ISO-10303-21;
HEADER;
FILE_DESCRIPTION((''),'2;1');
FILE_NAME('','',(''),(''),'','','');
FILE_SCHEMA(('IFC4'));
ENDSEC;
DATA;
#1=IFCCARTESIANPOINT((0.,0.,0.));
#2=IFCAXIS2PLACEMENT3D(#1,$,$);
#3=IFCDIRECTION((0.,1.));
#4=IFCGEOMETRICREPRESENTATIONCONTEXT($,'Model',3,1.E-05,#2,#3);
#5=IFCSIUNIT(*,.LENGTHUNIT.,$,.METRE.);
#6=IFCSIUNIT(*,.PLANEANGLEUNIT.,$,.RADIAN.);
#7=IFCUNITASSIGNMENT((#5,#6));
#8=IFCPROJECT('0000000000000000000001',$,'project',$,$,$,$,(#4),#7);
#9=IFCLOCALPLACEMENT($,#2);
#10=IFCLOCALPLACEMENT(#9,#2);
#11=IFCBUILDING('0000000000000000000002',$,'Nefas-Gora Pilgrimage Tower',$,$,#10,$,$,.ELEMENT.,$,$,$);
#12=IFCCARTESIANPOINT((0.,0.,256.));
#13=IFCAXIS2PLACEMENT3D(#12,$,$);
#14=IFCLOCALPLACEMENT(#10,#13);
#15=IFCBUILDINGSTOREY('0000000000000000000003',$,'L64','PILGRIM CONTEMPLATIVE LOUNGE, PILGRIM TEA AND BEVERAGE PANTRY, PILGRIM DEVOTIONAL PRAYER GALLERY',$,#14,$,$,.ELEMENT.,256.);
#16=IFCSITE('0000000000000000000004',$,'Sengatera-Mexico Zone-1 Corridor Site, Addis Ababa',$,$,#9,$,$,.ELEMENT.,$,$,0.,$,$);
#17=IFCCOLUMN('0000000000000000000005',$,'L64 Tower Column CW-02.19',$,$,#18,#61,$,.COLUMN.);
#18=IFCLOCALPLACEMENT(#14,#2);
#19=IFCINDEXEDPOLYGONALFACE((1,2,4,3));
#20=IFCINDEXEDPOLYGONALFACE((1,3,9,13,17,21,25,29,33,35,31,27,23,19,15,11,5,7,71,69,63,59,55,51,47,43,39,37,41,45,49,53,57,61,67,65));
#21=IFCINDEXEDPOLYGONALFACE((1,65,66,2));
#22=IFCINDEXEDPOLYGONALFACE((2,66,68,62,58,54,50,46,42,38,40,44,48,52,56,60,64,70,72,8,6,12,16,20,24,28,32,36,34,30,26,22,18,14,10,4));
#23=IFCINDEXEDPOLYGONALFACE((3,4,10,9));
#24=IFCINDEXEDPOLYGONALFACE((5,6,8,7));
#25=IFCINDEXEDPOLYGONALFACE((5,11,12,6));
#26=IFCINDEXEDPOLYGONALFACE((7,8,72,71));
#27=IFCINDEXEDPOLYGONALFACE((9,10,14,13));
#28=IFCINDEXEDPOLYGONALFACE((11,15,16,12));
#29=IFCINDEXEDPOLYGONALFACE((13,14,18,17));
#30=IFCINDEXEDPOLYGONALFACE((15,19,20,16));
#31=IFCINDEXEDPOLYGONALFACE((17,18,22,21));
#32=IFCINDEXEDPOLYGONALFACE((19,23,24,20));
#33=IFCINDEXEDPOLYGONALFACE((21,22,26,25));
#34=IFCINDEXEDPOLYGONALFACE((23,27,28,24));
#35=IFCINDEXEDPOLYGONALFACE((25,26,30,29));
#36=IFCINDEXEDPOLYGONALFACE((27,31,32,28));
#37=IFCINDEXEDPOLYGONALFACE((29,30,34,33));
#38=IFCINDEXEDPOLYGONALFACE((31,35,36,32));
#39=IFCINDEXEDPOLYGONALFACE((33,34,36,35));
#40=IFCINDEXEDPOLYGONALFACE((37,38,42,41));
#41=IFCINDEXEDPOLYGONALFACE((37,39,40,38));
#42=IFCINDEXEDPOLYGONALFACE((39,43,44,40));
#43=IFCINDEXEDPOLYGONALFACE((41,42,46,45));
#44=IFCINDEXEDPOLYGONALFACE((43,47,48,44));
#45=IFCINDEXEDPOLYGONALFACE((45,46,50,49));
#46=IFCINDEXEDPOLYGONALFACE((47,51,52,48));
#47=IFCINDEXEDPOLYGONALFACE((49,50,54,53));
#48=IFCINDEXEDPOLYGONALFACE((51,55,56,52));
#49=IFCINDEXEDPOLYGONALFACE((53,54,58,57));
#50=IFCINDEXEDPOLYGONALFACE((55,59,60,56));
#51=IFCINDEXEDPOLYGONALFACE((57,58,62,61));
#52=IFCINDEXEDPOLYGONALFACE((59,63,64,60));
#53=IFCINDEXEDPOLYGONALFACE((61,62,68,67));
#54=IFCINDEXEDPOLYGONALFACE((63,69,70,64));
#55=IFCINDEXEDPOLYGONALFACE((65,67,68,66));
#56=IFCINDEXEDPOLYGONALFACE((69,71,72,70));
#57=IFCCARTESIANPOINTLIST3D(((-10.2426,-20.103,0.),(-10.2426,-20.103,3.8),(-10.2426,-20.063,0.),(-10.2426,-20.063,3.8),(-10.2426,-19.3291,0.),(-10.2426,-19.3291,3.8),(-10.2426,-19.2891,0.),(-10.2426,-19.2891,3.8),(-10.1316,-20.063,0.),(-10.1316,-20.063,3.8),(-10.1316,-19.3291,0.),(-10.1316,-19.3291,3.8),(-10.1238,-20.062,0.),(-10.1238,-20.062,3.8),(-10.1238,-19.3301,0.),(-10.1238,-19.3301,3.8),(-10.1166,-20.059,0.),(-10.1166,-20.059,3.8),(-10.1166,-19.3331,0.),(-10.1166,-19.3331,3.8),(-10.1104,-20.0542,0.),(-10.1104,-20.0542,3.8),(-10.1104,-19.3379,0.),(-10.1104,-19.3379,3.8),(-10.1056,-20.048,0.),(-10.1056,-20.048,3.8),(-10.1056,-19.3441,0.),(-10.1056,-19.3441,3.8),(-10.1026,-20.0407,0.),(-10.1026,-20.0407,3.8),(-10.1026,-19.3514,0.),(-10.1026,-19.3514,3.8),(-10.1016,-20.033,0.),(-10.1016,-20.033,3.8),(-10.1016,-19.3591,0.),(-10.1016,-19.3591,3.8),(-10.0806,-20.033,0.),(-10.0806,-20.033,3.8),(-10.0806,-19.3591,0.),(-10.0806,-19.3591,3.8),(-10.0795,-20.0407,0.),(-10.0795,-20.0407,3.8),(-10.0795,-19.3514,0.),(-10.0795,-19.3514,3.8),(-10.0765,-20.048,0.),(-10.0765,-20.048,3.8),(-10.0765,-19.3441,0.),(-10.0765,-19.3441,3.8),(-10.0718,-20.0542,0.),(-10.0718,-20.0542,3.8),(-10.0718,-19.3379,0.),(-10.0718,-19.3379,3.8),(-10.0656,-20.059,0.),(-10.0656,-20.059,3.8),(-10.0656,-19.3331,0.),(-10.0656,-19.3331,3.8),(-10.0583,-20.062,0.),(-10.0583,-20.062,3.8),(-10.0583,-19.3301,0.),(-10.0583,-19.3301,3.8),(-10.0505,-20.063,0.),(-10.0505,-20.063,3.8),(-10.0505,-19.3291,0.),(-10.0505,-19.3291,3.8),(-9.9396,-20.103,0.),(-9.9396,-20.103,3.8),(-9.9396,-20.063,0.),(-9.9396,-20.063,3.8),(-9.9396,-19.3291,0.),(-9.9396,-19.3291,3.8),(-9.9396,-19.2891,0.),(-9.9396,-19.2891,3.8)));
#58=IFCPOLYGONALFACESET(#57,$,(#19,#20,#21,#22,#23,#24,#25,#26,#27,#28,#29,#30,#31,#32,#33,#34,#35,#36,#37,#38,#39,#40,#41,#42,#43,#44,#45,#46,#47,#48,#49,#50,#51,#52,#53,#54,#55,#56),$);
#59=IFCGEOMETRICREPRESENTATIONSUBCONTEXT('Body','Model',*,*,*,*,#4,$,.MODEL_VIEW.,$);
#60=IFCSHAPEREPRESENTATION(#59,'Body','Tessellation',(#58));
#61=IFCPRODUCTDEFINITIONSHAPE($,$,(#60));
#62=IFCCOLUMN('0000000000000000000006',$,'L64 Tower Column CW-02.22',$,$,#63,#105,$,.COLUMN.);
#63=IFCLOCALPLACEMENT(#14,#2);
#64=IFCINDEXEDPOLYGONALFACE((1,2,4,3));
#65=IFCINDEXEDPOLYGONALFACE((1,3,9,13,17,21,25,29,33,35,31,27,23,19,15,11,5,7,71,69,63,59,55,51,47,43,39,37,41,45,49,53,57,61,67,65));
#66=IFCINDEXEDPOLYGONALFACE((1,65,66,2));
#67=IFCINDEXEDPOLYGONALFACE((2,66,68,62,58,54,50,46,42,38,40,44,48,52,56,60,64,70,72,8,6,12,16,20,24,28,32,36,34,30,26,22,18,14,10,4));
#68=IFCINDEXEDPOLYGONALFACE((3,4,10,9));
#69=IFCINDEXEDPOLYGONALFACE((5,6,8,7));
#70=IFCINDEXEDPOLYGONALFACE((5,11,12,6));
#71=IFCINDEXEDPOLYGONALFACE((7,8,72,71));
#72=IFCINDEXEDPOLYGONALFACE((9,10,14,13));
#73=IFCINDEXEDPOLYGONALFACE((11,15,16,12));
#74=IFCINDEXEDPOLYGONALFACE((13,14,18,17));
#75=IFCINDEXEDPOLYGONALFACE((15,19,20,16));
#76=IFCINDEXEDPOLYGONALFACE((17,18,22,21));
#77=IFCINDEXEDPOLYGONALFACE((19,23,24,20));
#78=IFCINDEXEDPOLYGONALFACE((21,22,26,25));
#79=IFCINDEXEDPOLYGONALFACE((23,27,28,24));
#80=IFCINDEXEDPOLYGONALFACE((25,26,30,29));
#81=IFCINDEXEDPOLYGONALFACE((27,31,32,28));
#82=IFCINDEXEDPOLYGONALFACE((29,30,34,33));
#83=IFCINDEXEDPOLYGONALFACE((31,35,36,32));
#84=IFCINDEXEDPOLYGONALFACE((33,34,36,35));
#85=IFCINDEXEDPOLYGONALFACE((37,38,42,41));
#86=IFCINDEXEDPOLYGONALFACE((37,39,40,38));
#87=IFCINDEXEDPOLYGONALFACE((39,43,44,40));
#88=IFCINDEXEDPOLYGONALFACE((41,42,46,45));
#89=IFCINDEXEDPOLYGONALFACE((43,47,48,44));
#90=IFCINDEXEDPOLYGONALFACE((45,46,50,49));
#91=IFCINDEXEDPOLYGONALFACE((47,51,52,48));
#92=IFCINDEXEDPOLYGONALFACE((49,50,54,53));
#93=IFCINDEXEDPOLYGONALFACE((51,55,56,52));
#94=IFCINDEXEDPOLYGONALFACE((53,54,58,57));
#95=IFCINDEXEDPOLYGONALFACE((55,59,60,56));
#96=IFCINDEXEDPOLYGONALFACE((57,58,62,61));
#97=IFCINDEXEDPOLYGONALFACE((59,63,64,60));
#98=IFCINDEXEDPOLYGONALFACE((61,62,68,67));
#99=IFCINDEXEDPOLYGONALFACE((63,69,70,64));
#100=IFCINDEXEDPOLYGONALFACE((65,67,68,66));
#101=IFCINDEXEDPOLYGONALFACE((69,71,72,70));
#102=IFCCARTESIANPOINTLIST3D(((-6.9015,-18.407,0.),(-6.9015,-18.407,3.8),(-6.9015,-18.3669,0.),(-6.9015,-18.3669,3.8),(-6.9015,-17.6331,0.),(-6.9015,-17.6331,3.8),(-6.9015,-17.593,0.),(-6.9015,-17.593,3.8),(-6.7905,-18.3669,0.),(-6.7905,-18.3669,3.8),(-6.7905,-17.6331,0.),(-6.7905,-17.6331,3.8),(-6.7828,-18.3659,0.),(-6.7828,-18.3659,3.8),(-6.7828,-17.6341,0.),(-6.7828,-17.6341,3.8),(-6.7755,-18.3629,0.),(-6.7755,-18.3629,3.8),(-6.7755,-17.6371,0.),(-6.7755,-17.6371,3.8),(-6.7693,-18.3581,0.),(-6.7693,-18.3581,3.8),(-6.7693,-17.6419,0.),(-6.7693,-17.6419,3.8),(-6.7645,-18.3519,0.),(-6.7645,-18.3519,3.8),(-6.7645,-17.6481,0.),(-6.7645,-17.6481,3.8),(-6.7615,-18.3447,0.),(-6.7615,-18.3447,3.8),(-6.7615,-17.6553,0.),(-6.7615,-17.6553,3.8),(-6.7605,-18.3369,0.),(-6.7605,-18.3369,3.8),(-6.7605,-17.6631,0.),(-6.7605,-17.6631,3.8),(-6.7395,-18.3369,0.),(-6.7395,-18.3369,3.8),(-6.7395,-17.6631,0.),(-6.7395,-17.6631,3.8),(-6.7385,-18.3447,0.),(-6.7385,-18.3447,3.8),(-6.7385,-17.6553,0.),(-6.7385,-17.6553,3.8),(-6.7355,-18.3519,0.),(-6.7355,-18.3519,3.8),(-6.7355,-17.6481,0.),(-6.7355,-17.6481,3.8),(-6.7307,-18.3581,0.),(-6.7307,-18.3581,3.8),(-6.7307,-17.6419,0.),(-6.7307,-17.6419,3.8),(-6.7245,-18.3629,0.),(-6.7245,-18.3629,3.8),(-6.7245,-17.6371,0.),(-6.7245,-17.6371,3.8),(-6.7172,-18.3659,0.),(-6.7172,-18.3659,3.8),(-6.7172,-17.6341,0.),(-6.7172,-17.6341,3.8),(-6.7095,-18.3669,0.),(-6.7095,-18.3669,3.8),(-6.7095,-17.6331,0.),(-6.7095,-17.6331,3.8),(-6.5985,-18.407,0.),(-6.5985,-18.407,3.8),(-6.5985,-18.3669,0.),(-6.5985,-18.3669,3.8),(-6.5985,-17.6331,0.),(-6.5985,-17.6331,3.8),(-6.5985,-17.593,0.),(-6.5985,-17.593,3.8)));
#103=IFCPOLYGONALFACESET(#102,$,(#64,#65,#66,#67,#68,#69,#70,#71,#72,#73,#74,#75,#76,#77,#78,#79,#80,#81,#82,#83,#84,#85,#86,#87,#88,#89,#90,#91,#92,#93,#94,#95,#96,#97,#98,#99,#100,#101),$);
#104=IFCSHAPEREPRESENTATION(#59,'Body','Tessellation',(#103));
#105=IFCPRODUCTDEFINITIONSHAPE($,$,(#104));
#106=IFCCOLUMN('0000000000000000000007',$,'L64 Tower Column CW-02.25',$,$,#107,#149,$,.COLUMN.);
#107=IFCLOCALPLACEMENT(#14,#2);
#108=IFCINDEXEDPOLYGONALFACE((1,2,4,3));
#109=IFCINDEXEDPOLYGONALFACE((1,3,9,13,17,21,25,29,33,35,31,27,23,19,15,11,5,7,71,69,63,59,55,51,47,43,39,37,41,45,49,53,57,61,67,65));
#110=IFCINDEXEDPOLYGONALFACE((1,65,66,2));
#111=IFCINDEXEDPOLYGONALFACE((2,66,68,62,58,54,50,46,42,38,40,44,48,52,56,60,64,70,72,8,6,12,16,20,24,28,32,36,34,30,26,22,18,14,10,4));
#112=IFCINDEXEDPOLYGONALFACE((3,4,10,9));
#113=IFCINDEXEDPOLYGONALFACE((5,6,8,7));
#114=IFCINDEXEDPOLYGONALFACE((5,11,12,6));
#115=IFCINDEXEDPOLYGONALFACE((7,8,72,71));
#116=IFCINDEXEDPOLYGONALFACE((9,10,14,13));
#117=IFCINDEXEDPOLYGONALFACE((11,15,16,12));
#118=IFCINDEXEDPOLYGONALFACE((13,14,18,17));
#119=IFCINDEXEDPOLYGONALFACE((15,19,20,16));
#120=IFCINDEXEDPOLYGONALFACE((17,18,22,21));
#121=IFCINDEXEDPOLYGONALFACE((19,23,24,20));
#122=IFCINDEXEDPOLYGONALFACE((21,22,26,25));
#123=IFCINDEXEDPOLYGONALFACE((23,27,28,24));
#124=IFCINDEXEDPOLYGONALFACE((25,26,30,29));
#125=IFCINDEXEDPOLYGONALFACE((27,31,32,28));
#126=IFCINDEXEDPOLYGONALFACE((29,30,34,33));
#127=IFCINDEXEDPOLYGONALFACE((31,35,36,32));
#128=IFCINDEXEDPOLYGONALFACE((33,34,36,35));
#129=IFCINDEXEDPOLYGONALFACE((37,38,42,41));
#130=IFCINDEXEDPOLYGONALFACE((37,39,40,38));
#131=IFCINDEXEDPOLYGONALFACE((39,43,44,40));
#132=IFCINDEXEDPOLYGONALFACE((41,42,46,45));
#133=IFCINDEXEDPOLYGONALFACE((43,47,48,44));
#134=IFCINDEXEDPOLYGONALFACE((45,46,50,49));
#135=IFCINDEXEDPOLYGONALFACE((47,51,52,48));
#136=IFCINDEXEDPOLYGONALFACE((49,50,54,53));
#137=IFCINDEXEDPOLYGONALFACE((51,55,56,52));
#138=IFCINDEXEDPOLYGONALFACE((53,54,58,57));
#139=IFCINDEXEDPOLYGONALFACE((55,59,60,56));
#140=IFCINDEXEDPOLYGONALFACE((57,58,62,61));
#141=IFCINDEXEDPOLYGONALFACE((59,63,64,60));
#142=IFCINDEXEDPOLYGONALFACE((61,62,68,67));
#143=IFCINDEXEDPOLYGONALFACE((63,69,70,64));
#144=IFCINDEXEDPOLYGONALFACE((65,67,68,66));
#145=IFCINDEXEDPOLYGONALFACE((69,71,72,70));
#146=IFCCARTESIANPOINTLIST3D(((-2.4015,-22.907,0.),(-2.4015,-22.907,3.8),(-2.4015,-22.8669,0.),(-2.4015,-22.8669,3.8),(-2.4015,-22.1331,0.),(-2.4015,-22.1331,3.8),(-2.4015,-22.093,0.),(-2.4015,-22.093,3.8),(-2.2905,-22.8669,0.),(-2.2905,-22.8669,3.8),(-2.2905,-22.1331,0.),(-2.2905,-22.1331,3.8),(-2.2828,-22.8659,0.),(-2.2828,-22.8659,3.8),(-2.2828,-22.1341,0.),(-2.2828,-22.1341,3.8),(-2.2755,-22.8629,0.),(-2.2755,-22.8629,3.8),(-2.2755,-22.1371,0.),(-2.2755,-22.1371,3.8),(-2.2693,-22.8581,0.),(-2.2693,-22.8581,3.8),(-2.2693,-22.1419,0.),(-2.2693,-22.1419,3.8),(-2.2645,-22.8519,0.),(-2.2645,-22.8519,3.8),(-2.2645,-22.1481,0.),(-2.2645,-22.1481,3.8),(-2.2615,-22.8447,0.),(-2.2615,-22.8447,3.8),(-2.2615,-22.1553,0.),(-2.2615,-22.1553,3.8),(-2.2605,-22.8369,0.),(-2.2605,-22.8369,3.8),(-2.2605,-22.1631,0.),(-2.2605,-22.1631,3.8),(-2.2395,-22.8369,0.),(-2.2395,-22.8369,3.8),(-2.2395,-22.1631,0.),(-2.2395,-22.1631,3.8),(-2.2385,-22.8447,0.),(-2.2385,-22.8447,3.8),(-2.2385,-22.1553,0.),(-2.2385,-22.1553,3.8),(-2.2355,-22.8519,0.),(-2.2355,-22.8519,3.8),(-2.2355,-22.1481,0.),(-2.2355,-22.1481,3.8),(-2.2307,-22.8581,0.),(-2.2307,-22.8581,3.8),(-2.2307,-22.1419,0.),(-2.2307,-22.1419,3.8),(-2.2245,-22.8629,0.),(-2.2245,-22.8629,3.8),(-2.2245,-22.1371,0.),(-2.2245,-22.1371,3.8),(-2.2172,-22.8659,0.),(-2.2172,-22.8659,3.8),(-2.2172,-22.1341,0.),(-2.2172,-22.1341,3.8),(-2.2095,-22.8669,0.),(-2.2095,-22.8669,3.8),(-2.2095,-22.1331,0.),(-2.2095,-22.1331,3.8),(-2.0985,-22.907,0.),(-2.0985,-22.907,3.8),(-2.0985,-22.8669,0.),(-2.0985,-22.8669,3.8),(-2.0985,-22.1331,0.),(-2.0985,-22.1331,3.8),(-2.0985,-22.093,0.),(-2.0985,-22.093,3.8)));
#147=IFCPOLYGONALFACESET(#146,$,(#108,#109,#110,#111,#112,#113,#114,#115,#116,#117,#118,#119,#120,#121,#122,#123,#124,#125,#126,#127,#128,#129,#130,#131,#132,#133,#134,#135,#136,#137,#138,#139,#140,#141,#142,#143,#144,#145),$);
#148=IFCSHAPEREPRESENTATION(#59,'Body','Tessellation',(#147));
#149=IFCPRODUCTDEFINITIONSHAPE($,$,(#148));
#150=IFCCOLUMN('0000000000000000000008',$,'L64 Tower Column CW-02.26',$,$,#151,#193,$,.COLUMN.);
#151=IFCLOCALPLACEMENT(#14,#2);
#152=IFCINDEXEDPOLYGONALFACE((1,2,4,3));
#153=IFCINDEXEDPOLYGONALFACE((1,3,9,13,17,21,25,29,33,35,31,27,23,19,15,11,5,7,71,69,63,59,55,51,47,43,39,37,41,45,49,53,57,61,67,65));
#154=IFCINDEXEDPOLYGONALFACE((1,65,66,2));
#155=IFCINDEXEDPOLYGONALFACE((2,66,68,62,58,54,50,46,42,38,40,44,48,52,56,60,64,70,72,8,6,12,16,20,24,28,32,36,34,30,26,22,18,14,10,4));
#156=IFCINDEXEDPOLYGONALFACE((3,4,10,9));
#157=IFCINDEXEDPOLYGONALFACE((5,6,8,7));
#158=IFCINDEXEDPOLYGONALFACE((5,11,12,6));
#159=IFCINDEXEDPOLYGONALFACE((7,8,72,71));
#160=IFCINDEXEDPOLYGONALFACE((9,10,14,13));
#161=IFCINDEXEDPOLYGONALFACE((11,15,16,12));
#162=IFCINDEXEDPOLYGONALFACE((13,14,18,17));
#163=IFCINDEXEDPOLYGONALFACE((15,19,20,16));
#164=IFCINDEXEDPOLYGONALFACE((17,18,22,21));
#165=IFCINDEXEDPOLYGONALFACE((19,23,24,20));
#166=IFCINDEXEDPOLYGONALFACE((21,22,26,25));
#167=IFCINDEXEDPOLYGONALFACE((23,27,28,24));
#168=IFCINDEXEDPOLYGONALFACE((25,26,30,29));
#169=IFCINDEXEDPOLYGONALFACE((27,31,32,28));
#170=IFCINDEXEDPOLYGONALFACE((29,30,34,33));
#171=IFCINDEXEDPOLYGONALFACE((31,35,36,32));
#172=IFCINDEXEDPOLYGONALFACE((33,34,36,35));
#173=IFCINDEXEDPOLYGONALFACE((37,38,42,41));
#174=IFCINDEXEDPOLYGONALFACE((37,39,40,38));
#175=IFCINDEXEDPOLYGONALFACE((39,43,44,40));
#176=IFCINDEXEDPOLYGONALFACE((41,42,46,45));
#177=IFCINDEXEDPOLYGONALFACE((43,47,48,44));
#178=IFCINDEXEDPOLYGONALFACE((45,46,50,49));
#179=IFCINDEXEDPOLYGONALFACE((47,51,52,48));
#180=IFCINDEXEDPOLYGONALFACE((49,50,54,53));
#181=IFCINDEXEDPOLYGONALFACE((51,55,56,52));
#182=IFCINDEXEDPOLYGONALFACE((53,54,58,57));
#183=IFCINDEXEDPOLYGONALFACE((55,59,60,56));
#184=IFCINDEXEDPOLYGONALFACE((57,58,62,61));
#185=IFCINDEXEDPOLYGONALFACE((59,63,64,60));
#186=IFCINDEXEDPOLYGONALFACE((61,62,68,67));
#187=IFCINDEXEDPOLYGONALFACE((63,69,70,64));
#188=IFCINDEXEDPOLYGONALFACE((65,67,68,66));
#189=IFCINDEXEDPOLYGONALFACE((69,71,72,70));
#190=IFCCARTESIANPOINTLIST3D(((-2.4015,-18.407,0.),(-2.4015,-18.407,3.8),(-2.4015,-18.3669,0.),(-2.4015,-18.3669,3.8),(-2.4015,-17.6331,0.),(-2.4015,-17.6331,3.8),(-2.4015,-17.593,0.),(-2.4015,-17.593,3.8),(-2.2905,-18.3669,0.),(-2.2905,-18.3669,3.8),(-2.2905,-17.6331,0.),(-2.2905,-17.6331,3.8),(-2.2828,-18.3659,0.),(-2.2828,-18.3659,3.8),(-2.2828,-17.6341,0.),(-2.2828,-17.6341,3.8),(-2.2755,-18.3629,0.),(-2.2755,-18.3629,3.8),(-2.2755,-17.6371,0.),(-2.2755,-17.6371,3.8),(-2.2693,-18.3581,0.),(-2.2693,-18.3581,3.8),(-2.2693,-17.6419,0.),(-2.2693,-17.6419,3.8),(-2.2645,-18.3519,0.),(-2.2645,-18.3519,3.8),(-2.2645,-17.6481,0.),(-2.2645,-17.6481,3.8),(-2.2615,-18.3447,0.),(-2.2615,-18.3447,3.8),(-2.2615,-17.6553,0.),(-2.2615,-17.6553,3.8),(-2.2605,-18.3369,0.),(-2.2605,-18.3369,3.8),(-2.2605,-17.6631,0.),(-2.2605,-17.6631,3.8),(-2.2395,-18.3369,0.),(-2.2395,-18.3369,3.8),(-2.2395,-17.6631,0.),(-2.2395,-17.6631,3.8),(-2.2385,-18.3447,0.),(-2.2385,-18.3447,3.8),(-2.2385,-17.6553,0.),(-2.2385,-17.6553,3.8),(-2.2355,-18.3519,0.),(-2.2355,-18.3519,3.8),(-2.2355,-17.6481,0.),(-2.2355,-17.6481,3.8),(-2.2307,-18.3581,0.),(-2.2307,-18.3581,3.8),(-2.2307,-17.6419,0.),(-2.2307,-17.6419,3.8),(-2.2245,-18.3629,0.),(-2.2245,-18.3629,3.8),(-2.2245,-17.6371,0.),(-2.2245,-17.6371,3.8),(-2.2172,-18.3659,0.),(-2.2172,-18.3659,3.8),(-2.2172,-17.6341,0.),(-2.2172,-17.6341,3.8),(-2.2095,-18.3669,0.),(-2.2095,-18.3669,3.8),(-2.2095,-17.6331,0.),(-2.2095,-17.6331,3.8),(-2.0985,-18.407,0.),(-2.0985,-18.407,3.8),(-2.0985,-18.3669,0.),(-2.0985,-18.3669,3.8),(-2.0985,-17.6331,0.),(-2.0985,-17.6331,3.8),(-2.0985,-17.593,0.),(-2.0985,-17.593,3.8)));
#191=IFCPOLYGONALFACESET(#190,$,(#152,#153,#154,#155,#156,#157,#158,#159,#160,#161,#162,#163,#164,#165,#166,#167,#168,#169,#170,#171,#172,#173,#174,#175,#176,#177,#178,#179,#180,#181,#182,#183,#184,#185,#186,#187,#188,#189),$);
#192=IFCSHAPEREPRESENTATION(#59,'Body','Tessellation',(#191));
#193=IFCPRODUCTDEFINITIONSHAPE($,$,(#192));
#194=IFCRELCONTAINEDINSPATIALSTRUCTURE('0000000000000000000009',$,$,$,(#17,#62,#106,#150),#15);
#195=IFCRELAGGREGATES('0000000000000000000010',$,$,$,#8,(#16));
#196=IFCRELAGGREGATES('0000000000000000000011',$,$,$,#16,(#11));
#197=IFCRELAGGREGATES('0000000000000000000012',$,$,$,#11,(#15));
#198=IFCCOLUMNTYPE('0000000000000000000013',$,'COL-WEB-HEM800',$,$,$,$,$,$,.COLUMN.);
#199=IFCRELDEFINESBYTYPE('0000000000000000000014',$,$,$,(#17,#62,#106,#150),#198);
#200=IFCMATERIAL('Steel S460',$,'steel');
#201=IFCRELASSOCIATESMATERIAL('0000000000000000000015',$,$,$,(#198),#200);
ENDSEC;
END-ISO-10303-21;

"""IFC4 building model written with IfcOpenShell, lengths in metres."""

from ifc_helpers import new_model, si_unit, direction, frame, origin, origin_2d, place, context, subcontext, project, spatial, i_section, extrude, source, transform, mapped, material, material_profile, profile_set, type_object, element, save


model = new_model("IFC4")

# Units and contexts
model_context = context("Model", 3, precision=1e-05, world=origin(), true_north=direction((0.0, 1.0)))
body_context = subcontext(model_context, "Body", "Model", "MODEL_VIEW")
ifc_project = project(units=[si_unit("LENGTHUNIT", "METRE"), si_unit("PLANEANGLEUNIT", "RADIAN")], contexts=[model_context])

# Site, building, storey
site_placement = place(None, origin())
site = spatial("IfcSite", under=ifc_project, at=site_placement, Name="Sengatera-Mexico Zone-1 Corridor Site, Addis Ababa", CompositionType="ELEMENT", RefElevation=0.0)
building_placement = place(site_placement, origin())
building = spatial("IfcBuilding", under=site, at=building_placement, Name="Nefas-Gora Pilgrimage Tower", CompositionType="ELEMENT")
storey_placement = place(building_placement, frame((0.0, 0.0, 256.0)))
storey = spatial("IfcBuildingStorey", under=building, at=storey_placement, Name="L64", Description="PILGRIM CONTEMPLATIVE LOUNGE, PILGRIM TEA AND BEVERAGE PANTRY, PILGRIM DEVOTIONAL PRAYER GALLERY", CompositionType="ELEMENT", Elevation=256.0)

# Columns
ifc_material_1 = material(Name="Steel S460", Category="steel")
ifc_material_profile_1 = material_profile(ifc_material_1, i_section(OverallWidth=0.303, OverallDepth=0.814, WebThickness=0.021, FlangeThickness=0.04, FilletRadius=0.03, at=origin_2d()), Name="HEM 800")
ifc_profile_set_1 = profile_set([ifc_material_profile_1], Name="Steel S460")
column_type_1 = type_object("IfcColumnType", Name="COL-WEB-HEM800", PredefinedType="COLUMN", material=ifc_profile_set_1)
shared_shape_1 = source(origin(), body_context, "Body", "SweptSolid", [
    extrude(i_section(OverallWidth=0.303, OverallDepth=0.814, WebThickness=0.021, FlangeThickness=0.04, FilletRadius=0.03, at=origin_2d()), origin(), (0.0, 0.0, 1.0), 3.8),
])
for number, where, z_axis, x_axis, name in (
    (1, (-10.0911, -19.696, 0.0), (0.0, 0.0, 1.0), (1.0, 0.0, 0.0), "L64 Tower Column CW-02.19"),
    (2, (-6.75, -18.0, 0.0), (0.0, 0.0, 1.0), (1.0, 0.0, 0.0), "L64 Tower Column CW-02.22"),
    (3, (-2.25, -22.5, 0.0), (0.0, 0.0, 1.0), (1.0, 0.0, 0.0), "L64 Tower Column CW-02.25"),
    (4, (-2.25, -18.0, 0.0), (0.0, 0.0, 1.0), (1.0, 0.0, 0.0), "L64 Tower Column CW-02.26"),
):
    element("IfcColumn", number, at=place(storey_placement, frame(where, z_axis=z_axis, x_axis=x_axis)), inside=storey, type_object=column_type_1, Name=name, PredefinedType="COLUMN", context=body_context, shape_type="MappedRepresentation", body=[
        mapped(shared_shape_1, transform((0.0, 0.0, 0.0), x_axis=(1.0, 0.0, 0.0), y_axis=(0.0, 1.0, 0.0), z_axis=(0.0, 0.0, 1.0), scale=1.0)),
    ])

save(model, "model.ifc")
